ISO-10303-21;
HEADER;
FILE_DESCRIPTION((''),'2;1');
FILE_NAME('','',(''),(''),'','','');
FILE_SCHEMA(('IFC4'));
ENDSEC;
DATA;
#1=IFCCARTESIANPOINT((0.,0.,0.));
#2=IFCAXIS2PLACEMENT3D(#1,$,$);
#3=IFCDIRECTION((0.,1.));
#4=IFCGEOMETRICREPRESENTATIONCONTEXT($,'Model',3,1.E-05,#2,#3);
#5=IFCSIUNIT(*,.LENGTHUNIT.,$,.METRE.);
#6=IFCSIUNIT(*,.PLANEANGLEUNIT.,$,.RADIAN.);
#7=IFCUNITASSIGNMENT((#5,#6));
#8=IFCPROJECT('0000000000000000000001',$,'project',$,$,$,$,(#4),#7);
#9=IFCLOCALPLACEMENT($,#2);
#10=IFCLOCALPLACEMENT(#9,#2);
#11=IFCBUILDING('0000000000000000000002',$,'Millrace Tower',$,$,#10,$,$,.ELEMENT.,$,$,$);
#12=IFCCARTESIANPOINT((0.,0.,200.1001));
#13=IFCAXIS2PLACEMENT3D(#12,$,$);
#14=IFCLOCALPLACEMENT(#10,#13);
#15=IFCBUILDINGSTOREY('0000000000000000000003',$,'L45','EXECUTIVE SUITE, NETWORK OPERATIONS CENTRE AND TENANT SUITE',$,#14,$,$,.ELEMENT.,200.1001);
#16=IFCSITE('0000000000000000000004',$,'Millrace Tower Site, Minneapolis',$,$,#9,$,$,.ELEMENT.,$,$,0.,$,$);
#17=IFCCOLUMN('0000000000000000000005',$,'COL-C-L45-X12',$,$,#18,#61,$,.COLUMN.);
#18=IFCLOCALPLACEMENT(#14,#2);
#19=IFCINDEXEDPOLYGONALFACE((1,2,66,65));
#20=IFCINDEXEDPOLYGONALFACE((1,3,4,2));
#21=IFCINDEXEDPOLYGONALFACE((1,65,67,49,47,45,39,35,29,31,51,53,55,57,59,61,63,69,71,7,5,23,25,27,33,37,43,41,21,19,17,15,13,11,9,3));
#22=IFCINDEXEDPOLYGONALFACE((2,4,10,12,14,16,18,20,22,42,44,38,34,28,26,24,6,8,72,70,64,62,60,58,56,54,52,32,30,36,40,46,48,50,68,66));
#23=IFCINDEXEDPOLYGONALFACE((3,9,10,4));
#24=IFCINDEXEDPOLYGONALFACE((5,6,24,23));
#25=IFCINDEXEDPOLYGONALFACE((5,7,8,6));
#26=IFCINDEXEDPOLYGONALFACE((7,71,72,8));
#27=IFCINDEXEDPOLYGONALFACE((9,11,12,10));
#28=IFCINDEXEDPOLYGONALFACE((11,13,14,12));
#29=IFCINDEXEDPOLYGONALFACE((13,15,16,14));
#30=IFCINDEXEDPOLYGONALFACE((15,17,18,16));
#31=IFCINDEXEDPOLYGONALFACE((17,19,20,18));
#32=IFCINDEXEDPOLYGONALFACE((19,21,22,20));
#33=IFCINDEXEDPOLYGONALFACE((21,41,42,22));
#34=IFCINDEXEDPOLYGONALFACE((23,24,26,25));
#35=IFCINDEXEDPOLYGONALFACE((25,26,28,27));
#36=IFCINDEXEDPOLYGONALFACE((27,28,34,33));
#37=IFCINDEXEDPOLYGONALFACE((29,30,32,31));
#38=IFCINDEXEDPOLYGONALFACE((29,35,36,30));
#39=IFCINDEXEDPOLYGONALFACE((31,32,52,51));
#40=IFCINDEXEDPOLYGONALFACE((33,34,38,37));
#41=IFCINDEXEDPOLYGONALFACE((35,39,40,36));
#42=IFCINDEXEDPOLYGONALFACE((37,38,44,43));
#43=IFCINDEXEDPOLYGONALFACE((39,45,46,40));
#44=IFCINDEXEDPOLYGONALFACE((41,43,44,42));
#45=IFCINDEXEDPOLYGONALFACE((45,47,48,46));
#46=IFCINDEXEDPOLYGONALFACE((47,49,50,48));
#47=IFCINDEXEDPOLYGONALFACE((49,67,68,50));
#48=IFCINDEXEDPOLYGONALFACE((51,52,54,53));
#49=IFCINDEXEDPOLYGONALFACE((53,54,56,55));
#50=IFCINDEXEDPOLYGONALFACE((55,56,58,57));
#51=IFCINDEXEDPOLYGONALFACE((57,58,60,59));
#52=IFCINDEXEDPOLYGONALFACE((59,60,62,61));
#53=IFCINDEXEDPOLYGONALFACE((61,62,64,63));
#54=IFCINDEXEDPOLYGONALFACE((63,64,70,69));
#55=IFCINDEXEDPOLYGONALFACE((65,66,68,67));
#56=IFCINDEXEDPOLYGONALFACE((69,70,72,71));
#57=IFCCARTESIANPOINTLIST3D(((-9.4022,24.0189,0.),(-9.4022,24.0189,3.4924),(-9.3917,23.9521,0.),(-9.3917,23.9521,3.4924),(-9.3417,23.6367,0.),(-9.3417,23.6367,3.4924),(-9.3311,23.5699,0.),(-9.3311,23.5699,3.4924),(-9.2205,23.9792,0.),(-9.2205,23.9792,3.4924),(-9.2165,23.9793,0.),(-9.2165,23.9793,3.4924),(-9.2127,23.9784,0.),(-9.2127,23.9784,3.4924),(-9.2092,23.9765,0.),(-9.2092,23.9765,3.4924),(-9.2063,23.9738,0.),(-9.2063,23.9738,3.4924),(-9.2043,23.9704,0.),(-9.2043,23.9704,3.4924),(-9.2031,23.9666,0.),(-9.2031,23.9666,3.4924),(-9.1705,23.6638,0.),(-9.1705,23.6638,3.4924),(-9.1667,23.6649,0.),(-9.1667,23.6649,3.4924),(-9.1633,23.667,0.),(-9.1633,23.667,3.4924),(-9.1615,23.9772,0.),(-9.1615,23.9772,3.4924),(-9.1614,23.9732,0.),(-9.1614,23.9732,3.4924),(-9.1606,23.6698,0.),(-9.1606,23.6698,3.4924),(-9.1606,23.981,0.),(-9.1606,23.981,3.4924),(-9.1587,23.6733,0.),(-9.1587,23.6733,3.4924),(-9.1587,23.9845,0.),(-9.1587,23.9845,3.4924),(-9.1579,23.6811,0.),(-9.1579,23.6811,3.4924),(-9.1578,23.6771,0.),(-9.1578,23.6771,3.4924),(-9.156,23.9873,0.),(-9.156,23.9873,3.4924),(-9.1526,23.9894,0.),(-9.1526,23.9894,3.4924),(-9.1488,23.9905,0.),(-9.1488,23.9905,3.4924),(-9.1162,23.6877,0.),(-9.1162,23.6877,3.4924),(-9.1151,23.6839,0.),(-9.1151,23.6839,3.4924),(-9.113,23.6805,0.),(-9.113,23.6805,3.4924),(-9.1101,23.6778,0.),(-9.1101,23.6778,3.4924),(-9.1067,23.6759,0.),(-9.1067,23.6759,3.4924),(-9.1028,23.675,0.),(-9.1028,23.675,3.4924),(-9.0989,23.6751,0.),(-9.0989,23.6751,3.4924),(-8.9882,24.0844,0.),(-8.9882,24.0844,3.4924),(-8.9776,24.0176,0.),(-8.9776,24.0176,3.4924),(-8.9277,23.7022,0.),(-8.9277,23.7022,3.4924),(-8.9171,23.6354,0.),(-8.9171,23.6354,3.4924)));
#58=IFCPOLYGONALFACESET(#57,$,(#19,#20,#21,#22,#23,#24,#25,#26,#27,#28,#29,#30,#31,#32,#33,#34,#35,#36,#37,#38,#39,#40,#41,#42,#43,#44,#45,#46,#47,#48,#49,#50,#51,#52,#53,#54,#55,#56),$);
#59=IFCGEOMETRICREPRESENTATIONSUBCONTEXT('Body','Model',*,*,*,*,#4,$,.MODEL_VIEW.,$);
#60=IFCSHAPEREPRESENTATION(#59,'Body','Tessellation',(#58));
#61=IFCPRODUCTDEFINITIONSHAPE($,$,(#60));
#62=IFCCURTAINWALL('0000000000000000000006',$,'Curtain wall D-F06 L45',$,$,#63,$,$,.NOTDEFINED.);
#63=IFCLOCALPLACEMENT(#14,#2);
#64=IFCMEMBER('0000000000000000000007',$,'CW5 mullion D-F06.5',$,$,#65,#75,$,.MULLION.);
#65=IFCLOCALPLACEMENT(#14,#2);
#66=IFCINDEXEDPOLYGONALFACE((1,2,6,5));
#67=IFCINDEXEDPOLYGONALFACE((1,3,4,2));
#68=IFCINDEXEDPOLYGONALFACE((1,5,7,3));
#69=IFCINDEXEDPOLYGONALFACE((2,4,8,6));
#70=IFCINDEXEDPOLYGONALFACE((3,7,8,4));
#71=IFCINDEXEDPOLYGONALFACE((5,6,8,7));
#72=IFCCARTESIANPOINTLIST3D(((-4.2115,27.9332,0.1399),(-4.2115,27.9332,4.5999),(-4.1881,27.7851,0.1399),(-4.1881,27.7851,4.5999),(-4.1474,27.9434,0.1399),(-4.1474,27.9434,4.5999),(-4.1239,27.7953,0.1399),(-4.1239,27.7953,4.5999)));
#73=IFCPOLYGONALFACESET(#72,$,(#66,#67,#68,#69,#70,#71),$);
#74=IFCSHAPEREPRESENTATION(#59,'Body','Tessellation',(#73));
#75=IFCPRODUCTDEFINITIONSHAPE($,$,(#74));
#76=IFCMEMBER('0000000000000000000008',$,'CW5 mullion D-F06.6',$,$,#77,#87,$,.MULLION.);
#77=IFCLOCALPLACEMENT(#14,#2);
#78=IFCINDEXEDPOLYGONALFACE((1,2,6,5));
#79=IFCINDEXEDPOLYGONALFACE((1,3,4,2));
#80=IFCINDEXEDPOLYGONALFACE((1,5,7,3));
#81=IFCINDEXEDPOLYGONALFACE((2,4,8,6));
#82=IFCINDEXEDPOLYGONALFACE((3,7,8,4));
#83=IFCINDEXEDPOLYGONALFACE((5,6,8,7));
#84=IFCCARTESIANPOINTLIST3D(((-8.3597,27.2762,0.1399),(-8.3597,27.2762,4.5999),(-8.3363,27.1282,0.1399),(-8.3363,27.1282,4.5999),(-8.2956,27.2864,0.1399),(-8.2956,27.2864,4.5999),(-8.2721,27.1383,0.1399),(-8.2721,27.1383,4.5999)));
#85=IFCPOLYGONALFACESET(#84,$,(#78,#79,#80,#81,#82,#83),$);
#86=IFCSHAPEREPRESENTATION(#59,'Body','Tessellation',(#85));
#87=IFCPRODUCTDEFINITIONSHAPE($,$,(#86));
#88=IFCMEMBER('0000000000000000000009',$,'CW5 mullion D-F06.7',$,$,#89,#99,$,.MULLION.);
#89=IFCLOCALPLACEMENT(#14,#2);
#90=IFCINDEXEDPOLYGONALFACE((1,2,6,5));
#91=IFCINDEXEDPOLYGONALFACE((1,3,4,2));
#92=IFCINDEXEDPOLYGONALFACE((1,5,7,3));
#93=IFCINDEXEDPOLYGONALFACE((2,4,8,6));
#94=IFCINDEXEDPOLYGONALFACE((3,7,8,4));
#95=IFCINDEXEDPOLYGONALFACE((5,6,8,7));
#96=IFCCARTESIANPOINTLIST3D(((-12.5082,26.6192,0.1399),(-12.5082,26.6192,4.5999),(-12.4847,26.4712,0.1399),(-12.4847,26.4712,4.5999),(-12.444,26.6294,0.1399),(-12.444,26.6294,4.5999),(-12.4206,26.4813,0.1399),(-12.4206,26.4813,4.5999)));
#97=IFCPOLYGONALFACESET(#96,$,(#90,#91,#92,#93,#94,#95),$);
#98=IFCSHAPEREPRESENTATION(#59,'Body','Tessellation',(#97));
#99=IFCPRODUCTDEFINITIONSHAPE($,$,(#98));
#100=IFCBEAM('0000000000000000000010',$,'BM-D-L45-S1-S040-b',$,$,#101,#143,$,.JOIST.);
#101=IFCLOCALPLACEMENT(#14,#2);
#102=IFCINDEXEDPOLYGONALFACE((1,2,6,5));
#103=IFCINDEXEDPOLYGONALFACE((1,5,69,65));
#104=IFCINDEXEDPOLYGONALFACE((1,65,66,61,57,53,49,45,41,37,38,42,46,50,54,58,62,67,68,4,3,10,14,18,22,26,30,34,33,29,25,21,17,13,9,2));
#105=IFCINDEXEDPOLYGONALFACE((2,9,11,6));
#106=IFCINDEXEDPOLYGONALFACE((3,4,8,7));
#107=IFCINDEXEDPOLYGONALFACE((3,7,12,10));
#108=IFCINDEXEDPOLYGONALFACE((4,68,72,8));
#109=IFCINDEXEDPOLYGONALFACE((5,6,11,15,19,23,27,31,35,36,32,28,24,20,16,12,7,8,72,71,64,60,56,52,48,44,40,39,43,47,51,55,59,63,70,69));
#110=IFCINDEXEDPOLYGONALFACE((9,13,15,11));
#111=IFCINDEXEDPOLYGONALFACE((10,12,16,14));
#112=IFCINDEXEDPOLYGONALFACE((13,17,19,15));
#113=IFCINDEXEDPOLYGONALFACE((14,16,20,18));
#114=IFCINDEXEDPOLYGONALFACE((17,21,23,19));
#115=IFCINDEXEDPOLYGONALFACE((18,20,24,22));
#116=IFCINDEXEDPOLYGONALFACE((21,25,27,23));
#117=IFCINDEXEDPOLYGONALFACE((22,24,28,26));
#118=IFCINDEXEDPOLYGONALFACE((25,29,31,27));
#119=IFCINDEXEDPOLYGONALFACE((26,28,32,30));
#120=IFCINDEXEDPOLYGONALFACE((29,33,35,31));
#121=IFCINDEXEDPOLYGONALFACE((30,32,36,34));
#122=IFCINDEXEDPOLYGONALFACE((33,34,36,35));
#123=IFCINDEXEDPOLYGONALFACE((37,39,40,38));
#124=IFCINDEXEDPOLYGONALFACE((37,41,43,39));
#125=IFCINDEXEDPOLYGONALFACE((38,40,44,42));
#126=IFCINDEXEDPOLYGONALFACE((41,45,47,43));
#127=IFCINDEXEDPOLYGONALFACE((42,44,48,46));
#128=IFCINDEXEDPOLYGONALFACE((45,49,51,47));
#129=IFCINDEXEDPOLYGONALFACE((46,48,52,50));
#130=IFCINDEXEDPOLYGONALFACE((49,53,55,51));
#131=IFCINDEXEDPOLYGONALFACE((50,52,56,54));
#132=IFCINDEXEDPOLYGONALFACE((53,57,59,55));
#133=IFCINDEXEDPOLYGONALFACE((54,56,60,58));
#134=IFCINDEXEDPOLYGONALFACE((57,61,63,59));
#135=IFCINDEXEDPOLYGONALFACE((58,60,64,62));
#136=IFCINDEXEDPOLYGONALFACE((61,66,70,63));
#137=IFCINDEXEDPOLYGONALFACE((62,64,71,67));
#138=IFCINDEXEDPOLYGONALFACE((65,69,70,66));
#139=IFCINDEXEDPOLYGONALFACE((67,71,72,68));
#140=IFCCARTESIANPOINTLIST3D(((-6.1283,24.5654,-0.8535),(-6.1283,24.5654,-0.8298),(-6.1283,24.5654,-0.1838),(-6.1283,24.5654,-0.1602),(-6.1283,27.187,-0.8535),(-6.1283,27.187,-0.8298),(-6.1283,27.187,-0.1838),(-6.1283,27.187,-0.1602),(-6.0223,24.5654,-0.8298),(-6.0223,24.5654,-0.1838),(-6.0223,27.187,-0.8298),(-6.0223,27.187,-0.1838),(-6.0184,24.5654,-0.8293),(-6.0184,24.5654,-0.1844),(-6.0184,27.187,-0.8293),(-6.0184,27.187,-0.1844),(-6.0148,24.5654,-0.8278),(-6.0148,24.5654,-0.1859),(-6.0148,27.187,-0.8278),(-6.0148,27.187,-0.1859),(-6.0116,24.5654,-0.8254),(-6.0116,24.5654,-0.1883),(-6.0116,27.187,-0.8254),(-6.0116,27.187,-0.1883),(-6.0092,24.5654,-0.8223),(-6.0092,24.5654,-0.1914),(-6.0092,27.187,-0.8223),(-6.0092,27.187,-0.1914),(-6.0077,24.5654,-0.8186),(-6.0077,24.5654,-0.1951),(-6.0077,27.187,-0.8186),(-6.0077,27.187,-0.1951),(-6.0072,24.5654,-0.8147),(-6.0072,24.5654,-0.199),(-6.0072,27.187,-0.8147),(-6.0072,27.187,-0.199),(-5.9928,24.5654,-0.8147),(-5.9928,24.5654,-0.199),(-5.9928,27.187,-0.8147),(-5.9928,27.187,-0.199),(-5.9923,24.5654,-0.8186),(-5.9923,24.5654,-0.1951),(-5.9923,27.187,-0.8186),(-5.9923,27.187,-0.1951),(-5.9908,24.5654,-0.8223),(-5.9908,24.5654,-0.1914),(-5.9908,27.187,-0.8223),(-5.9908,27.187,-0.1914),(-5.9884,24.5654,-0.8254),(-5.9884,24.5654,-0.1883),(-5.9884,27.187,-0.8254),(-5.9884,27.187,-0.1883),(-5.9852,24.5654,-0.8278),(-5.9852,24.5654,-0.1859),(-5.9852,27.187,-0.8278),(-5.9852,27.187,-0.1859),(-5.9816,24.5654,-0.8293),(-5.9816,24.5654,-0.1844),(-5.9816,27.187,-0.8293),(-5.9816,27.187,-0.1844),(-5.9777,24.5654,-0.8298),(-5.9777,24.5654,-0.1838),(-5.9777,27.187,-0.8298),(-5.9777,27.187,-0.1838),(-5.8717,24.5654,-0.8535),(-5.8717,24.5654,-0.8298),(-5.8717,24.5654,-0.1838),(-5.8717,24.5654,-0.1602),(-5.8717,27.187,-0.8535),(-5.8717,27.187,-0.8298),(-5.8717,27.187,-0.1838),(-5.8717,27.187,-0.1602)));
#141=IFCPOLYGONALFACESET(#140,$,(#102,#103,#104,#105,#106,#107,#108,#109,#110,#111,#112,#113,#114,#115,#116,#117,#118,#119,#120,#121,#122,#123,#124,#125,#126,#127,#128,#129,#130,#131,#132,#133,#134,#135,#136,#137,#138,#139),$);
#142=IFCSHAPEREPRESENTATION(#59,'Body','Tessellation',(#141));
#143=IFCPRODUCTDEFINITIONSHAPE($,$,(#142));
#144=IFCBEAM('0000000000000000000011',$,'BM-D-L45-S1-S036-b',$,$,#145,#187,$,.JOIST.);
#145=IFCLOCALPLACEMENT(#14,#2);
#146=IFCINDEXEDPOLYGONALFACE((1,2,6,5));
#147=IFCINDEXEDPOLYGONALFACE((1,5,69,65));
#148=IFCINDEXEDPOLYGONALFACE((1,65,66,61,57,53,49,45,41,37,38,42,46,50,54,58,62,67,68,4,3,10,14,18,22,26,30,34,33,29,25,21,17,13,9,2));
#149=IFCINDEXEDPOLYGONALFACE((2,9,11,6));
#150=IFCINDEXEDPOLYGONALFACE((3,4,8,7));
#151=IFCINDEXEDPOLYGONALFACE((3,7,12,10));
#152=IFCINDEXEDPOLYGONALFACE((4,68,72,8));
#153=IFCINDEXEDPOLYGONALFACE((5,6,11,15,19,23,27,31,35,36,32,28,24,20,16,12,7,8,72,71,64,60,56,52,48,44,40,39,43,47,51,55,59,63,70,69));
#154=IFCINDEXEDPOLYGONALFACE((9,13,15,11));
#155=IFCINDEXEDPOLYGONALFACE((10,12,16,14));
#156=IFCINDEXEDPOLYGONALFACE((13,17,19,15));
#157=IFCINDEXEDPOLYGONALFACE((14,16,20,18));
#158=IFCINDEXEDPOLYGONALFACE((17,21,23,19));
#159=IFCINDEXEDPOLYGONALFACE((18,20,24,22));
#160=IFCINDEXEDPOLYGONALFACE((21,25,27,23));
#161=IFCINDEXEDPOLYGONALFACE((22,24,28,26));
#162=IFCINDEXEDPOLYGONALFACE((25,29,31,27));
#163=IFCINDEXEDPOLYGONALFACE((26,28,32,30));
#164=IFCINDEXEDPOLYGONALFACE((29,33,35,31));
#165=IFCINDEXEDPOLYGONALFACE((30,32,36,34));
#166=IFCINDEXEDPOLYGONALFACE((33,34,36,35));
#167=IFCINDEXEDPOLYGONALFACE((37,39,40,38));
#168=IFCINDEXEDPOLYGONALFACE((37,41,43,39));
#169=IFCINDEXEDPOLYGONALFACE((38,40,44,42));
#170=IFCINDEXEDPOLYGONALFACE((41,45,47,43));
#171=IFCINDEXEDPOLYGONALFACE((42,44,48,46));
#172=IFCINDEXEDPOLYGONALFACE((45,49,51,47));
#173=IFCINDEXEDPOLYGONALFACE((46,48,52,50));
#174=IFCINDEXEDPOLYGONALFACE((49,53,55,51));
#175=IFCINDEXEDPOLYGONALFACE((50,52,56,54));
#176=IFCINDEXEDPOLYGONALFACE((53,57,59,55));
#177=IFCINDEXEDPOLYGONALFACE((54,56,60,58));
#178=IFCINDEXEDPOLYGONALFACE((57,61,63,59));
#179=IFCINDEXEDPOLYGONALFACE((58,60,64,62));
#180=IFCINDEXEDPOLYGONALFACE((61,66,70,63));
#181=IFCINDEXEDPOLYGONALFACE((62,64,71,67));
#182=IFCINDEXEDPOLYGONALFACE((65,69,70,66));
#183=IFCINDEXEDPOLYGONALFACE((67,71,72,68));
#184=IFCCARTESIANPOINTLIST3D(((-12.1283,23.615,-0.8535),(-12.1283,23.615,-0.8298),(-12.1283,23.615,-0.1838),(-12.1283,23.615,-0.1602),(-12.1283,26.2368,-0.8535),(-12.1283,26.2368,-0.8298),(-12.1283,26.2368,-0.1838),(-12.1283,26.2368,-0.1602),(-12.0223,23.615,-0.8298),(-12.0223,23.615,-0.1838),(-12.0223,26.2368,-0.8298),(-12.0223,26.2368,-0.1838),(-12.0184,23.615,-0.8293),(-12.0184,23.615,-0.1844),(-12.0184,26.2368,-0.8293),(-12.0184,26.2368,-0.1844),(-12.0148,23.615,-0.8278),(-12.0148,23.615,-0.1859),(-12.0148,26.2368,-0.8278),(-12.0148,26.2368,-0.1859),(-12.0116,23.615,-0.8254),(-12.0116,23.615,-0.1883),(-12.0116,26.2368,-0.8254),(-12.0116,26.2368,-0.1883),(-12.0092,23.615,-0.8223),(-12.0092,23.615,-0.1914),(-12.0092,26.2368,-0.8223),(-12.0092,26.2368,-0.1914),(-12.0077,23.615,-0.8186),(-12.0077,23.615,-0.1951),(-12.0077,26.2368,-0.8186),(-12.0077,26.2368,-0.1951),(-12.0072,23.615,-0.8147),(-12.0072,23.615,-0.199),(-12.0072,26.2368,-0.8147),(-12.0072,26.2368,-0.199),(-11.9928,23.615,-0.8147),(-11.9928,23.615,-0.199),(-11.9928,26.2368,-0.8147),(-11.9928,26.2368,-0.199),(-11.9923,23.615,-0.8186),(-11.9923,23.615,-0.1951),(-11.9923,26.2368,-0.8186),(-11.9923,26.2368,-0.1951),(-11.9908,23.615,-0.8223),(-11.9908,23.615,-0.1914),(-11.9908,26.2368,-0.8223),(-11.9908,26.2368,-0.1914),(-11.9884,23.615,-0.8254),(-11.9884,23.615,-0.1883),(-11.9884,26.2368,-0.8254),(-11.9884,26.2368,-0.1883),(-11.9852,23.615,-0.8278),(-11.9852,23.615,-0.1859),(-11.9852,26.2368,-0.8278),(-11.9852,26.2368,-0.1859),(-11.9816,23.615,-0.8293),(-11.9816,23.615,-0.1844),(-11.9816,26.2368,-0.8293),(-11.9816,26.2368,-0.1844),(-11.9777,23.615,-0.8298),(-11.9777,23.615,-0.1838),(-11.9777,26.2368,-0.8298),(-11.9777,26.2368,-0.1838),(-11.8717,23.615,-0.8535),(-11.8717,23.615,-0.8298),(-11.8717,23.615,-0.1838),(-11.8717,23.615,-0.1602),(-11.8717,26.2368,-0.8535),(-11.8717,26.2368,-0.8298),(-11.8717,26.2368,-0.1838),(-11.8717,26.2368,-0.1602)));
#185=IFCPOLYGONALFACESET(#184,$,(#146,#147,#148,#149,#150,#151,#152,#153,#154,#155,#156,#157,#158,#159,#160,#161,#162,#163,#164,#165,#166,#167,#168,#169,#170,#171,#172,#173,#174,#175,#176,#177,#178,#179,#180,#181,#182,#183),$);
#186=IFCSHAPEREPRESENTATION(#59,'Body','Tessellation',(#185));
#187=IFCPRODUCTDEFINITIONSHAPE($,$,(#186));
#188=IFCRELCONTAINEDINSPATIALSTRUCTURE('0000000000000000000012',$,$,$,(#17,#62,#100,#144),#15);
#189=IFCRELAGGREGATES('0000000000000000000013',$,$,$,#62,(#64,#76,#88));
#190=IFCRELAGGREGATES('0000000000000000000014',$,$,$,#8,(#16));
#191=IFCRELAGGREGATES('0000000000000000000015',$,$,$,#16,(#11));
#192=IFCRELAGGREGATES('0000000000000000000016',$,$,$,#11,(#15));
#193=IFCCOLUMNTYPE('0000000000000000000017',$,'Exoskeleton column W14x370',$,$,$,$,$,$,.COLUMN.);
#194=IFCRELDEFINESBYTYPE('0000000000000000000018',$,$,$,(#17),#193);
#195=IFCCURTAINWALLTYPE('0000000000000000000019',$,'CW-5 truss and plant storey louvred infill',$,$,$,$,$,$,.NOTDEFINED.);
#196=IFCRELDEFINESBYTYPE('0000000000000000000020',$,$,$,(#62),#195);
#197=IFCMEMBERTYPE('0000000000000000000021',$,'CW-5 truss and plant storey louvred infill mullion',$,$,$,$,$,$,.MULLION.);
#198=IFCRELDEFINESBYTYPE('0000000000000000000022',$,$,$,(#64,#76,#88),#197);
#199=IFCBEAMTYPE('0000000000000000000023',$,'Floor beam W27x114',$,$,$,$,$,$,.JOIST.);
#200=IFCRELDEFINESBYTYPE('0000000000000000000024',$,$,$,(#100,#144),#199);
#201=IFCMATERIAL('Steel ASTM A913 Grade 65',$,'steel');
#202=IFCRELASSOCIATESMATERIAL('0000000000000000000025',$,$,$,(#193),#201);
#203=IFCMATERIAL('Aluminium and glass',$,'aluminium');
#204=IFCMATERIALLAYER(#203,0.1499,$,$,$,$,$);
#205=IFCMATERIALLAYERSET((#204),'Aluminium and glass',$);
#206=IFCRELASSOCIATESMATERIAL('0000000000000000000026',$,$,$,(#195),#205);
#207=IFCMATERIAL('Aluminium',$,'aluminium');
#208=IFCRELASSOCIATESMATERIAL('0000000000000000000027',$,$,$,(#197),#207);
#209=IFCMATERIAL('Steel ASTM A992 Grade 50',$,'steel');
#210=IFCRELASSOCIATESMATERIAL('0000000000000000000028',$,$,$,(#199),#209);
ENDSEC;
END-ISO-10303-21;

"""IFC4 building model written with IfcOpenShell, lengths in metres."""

from ifc_helpers import new_model, si_unit, direction, frame, origin, origin_2d, place, context, subcontext, project, spatial, rectangle, i_section, extrude, material, layer, layer_set, material_profile, profile_set, type_object, element, aggregate, save


model = new_model("IFC4")

# Units and contexts
model_context = context("Model", 3, precision=1e-05, world=origin(), true_north=direction((0.0, 1.0)))
body_context = subcontext(model_context, "Body", "Model", "MODEL_VIEW")
ifc_project = project(units=[si_unit("LENGTHUNIT", "METRE"), si_unit("PLANEANGLEUNIT", "RADIAN")], contexts=[model_context])

# Site, building, storey
site_placement = place(None, origin())
site = spatial("IfcSite", under=ifc_project, at=site_placement, Name="Millrace Tower Site, Minneapolis", CompositionType="ELEMENT", RefElevation=0.0)
building_placement = place(site_placement, origin())
building = spatial("IfcBuilding", under=site, at=building_placement, Name="Millrace Tower", CompositionType="ELEMENT")
storey_placement = place(building_placement, frame((0.0, 0.0, 200.1001)))
storey = spatial("IfcBuildingStorey", under=building, at=storey_placement, Name="L45", Description="EXECUTIVE SUITE, NETWORK OPERATIONS CENTRE AND TENANT SUITE", CompositionType="ELEMENT", Elevation=200.1001)

# Column
ifc_material_1 = material(Name="Steel ASTM A913 Grade 65", Category="steel")
ifc_material_profile_1 = material_profile(ifc_material_1, i_section(OverallWidth=0.4192, OverallDepth=0.4546, WebThickness=0.0422, FlangeThickness=0.0676, FilletRadius=0.0151, at=origin_2d()))
ifc_profile_set_1 = profile_set([ifc_material_profile_1], Name="Steel ASTM A913 Grade 65")
column_type = type_object("IfcColumnType", Name="Exoskeleton column W14x370", PredefinedType="COLUMN", material=ifc_profile_set_1)
column_placement = place(storey_placement, frame((-9.1597, 23.8271, 0.0), z_axis=(0.0, 0.0, 1.0), x_axis=(-0.987688, -0.156434, 0.0)))
element("IfcColumn", 1, at=column_placement, inside=storey, type_object=column_type, Name="COL-C-L45-X12", PredefinedType="COLUMN", context=body_context, shape_type="SweptSolid", body=[
    extrude(i_section(OverallWidth=0.4192, OverallDepth=0.4546, WebThickness=0.0422, FlangeThickness=0.0676, FilletRadius=0.0151, at=origin_2d()), origin(), (0.0, 0.0, 1.0), 3.4924),
])

# Curtain wall, members
ifc_material_2 = material(Name="Aluminium and glass", Category="aluminium")
ifc_layer_1 = layer(ifc_material_2, 0.1499)
ifc_layer_set_1 = layer_set([ifc_layer_1], Name="Aluminium and glass")
curtain_wall_type = type_object("IfcCurtainWallType", Name="CW-5 truss and plant storey louvred infill", PredefinedType="NOTDEFINED", material=ifc_layer_set_1)
curtain_wall_placement = place(storey_placement, origin())
curtain_wall = element("IfcCurtainWall", 2, at=curtain_wall_placement, inside=storey, type_object=curtain_wall_type, Name="Curtain wall D-F06 L45", PredefinedType="NOTDEFINED")
ifc_material_3 = material(Name="Aluminium", Category="aluminium")
ifc_material_profile_2 = material_profile(ifc_material_3, rectangle(XDim=0.0649, YDim=0.1499, at=origin_2d()))
ifc_profile_set_2 = profile_set([ifc_material_profile_2], Name="Aluminium")
member_type_1 = type_object("IfcMemberType", Name="CW-5 truss and plant storey louvred infill mullion", PredefinedType="MULLION", material=ifc_profile_set_2)
member_1_placement = place(storey_placement, frame((-4.1677, 27.8643, 0.1399), z_axis=(0.0, 0.0, 1.0), x_axis=(-0.987688, -0.156434, 0.0)))
member_1 = element("IfcMember", 3, at=member_1_placement, type_object=member_type_1, Name="CW5 mullion D-F06.5", PredefinedType="MULLION", context=body_context, shape_type="SweptSolid", body=[
    extrude(rectangle(XDim=0.0649, YDim=0.1499, at=origin_2d()), origin(), (0.0, 0.0, 1.0), 4.46),
])
member_2_placement = place(storey_placement, frame((-8.3159, 27.2073, 0.1399), z_axis=(0.0, 0.0, 1.0), x_axis=(-0.987688, -0.156434, 0.0)))
member_2 = element("IfcMember", 4, at=member_2_placement, type_object=member_type_1, Name="CW5 mullion D-F06.6", PredefinedType="MULLION", context=body_context, shape_type="SweptSolid", body=[
    extrude(rectangle(XDim=0.0649, YDim=0.1499, at=origin_2d()), origin(), (0.0, 0.0, 1.0), 4.46),
])
member_3_placement = place(storey_placement, frame((-12.4644, 26.5503, 0.1399), z_axis=(0.0, 0.0, 1.0), x_axis=(-0.987688, -0.156434, 0.0)))
member_3 = element("IfcMember", 5, at=member_3_placement, type_object=member_type_1, Name="CW5 mullion D-F06.7", PredefinedType="MULLION", context=body_context, shape_type="SweptSolid", body=[
    extrude(rectangle(XDim=0.0649, YDim=0.1499, at=origin_2d()), origin(), (0.0, 0.0, 1.0), 4.46),
])
aggregate(curtain_wall, [member_1, member_2, member_3])

# Beams
ifc_material_4 = material(Name="Steel ASTM A992 Grade 50", Category="steel")
ifc_material_profile_3 = material_profile(ifc_material_4, i_section(OverallWidth=0.2566, OverallDepth=0.6934, WebThickness=0.0144, FlangeThickness=0.0237, FilletRadius=0.0151, at=origin_2d()))
ifc_profile_set_3 = profile_set([ifc_material_profile_3], Name="Steel ASTM A992 Grade 50")
beam_type_1 = type_object("IfcBeamType", Name="Floor beam W27x114", PredefinedType="JOIST", material=ifc_profile_set_3)
beam_1_placement = place(storey_placement, frame((-6.0, 24.5654, -0.5068), z_axis=(0.0, 1.0, 0.0), x_axis=(-1.0, 0.0, 0.0)))
element("IfcBeam", 6, at=beam_1_placement, inside=storey, type_object=beam_type_1, Name="BM-D-L45-S1-S040-b", PredefinedType="JOIST", context=body_context, shape_type="SweptSolid", body=[
    extrude(i_section(OverallWidth=0.2566, OverallDepth=0.6934, WebThickness=0.0144, FlangeThickness=0.0237, FilletRadius=0.0151, at=origin_2d()), origin(), (0.0, 0.0, 1.0), 2.6216),
])
beam_2_placement = place(storey_placement, frame((-12.0, 23.615, -0.5068), z_axis=(0.0, 1.0, 0.0), x_axis=(-1.0, 0.0, 0.0)))
element("IfcBeam", 7, at=beam_2_placement, inside=storey, type_object=beam_type_1, Name="BM-D-L45-S1-S036-b", PredefinedType="JOIST", context=body_context, shape_type="SweptSolid", body=[
    extrude(i_section(OverallWidth=0.2566, OverallDepth=0.6934, WebThickness=0.0144, FlangeThickness=0.0237, FilletRadius=0.0151, at=origin_2d()), origin(), (0.0, 0.0, 1.0), 2.6218),
])

save(model, "model.ifc")
